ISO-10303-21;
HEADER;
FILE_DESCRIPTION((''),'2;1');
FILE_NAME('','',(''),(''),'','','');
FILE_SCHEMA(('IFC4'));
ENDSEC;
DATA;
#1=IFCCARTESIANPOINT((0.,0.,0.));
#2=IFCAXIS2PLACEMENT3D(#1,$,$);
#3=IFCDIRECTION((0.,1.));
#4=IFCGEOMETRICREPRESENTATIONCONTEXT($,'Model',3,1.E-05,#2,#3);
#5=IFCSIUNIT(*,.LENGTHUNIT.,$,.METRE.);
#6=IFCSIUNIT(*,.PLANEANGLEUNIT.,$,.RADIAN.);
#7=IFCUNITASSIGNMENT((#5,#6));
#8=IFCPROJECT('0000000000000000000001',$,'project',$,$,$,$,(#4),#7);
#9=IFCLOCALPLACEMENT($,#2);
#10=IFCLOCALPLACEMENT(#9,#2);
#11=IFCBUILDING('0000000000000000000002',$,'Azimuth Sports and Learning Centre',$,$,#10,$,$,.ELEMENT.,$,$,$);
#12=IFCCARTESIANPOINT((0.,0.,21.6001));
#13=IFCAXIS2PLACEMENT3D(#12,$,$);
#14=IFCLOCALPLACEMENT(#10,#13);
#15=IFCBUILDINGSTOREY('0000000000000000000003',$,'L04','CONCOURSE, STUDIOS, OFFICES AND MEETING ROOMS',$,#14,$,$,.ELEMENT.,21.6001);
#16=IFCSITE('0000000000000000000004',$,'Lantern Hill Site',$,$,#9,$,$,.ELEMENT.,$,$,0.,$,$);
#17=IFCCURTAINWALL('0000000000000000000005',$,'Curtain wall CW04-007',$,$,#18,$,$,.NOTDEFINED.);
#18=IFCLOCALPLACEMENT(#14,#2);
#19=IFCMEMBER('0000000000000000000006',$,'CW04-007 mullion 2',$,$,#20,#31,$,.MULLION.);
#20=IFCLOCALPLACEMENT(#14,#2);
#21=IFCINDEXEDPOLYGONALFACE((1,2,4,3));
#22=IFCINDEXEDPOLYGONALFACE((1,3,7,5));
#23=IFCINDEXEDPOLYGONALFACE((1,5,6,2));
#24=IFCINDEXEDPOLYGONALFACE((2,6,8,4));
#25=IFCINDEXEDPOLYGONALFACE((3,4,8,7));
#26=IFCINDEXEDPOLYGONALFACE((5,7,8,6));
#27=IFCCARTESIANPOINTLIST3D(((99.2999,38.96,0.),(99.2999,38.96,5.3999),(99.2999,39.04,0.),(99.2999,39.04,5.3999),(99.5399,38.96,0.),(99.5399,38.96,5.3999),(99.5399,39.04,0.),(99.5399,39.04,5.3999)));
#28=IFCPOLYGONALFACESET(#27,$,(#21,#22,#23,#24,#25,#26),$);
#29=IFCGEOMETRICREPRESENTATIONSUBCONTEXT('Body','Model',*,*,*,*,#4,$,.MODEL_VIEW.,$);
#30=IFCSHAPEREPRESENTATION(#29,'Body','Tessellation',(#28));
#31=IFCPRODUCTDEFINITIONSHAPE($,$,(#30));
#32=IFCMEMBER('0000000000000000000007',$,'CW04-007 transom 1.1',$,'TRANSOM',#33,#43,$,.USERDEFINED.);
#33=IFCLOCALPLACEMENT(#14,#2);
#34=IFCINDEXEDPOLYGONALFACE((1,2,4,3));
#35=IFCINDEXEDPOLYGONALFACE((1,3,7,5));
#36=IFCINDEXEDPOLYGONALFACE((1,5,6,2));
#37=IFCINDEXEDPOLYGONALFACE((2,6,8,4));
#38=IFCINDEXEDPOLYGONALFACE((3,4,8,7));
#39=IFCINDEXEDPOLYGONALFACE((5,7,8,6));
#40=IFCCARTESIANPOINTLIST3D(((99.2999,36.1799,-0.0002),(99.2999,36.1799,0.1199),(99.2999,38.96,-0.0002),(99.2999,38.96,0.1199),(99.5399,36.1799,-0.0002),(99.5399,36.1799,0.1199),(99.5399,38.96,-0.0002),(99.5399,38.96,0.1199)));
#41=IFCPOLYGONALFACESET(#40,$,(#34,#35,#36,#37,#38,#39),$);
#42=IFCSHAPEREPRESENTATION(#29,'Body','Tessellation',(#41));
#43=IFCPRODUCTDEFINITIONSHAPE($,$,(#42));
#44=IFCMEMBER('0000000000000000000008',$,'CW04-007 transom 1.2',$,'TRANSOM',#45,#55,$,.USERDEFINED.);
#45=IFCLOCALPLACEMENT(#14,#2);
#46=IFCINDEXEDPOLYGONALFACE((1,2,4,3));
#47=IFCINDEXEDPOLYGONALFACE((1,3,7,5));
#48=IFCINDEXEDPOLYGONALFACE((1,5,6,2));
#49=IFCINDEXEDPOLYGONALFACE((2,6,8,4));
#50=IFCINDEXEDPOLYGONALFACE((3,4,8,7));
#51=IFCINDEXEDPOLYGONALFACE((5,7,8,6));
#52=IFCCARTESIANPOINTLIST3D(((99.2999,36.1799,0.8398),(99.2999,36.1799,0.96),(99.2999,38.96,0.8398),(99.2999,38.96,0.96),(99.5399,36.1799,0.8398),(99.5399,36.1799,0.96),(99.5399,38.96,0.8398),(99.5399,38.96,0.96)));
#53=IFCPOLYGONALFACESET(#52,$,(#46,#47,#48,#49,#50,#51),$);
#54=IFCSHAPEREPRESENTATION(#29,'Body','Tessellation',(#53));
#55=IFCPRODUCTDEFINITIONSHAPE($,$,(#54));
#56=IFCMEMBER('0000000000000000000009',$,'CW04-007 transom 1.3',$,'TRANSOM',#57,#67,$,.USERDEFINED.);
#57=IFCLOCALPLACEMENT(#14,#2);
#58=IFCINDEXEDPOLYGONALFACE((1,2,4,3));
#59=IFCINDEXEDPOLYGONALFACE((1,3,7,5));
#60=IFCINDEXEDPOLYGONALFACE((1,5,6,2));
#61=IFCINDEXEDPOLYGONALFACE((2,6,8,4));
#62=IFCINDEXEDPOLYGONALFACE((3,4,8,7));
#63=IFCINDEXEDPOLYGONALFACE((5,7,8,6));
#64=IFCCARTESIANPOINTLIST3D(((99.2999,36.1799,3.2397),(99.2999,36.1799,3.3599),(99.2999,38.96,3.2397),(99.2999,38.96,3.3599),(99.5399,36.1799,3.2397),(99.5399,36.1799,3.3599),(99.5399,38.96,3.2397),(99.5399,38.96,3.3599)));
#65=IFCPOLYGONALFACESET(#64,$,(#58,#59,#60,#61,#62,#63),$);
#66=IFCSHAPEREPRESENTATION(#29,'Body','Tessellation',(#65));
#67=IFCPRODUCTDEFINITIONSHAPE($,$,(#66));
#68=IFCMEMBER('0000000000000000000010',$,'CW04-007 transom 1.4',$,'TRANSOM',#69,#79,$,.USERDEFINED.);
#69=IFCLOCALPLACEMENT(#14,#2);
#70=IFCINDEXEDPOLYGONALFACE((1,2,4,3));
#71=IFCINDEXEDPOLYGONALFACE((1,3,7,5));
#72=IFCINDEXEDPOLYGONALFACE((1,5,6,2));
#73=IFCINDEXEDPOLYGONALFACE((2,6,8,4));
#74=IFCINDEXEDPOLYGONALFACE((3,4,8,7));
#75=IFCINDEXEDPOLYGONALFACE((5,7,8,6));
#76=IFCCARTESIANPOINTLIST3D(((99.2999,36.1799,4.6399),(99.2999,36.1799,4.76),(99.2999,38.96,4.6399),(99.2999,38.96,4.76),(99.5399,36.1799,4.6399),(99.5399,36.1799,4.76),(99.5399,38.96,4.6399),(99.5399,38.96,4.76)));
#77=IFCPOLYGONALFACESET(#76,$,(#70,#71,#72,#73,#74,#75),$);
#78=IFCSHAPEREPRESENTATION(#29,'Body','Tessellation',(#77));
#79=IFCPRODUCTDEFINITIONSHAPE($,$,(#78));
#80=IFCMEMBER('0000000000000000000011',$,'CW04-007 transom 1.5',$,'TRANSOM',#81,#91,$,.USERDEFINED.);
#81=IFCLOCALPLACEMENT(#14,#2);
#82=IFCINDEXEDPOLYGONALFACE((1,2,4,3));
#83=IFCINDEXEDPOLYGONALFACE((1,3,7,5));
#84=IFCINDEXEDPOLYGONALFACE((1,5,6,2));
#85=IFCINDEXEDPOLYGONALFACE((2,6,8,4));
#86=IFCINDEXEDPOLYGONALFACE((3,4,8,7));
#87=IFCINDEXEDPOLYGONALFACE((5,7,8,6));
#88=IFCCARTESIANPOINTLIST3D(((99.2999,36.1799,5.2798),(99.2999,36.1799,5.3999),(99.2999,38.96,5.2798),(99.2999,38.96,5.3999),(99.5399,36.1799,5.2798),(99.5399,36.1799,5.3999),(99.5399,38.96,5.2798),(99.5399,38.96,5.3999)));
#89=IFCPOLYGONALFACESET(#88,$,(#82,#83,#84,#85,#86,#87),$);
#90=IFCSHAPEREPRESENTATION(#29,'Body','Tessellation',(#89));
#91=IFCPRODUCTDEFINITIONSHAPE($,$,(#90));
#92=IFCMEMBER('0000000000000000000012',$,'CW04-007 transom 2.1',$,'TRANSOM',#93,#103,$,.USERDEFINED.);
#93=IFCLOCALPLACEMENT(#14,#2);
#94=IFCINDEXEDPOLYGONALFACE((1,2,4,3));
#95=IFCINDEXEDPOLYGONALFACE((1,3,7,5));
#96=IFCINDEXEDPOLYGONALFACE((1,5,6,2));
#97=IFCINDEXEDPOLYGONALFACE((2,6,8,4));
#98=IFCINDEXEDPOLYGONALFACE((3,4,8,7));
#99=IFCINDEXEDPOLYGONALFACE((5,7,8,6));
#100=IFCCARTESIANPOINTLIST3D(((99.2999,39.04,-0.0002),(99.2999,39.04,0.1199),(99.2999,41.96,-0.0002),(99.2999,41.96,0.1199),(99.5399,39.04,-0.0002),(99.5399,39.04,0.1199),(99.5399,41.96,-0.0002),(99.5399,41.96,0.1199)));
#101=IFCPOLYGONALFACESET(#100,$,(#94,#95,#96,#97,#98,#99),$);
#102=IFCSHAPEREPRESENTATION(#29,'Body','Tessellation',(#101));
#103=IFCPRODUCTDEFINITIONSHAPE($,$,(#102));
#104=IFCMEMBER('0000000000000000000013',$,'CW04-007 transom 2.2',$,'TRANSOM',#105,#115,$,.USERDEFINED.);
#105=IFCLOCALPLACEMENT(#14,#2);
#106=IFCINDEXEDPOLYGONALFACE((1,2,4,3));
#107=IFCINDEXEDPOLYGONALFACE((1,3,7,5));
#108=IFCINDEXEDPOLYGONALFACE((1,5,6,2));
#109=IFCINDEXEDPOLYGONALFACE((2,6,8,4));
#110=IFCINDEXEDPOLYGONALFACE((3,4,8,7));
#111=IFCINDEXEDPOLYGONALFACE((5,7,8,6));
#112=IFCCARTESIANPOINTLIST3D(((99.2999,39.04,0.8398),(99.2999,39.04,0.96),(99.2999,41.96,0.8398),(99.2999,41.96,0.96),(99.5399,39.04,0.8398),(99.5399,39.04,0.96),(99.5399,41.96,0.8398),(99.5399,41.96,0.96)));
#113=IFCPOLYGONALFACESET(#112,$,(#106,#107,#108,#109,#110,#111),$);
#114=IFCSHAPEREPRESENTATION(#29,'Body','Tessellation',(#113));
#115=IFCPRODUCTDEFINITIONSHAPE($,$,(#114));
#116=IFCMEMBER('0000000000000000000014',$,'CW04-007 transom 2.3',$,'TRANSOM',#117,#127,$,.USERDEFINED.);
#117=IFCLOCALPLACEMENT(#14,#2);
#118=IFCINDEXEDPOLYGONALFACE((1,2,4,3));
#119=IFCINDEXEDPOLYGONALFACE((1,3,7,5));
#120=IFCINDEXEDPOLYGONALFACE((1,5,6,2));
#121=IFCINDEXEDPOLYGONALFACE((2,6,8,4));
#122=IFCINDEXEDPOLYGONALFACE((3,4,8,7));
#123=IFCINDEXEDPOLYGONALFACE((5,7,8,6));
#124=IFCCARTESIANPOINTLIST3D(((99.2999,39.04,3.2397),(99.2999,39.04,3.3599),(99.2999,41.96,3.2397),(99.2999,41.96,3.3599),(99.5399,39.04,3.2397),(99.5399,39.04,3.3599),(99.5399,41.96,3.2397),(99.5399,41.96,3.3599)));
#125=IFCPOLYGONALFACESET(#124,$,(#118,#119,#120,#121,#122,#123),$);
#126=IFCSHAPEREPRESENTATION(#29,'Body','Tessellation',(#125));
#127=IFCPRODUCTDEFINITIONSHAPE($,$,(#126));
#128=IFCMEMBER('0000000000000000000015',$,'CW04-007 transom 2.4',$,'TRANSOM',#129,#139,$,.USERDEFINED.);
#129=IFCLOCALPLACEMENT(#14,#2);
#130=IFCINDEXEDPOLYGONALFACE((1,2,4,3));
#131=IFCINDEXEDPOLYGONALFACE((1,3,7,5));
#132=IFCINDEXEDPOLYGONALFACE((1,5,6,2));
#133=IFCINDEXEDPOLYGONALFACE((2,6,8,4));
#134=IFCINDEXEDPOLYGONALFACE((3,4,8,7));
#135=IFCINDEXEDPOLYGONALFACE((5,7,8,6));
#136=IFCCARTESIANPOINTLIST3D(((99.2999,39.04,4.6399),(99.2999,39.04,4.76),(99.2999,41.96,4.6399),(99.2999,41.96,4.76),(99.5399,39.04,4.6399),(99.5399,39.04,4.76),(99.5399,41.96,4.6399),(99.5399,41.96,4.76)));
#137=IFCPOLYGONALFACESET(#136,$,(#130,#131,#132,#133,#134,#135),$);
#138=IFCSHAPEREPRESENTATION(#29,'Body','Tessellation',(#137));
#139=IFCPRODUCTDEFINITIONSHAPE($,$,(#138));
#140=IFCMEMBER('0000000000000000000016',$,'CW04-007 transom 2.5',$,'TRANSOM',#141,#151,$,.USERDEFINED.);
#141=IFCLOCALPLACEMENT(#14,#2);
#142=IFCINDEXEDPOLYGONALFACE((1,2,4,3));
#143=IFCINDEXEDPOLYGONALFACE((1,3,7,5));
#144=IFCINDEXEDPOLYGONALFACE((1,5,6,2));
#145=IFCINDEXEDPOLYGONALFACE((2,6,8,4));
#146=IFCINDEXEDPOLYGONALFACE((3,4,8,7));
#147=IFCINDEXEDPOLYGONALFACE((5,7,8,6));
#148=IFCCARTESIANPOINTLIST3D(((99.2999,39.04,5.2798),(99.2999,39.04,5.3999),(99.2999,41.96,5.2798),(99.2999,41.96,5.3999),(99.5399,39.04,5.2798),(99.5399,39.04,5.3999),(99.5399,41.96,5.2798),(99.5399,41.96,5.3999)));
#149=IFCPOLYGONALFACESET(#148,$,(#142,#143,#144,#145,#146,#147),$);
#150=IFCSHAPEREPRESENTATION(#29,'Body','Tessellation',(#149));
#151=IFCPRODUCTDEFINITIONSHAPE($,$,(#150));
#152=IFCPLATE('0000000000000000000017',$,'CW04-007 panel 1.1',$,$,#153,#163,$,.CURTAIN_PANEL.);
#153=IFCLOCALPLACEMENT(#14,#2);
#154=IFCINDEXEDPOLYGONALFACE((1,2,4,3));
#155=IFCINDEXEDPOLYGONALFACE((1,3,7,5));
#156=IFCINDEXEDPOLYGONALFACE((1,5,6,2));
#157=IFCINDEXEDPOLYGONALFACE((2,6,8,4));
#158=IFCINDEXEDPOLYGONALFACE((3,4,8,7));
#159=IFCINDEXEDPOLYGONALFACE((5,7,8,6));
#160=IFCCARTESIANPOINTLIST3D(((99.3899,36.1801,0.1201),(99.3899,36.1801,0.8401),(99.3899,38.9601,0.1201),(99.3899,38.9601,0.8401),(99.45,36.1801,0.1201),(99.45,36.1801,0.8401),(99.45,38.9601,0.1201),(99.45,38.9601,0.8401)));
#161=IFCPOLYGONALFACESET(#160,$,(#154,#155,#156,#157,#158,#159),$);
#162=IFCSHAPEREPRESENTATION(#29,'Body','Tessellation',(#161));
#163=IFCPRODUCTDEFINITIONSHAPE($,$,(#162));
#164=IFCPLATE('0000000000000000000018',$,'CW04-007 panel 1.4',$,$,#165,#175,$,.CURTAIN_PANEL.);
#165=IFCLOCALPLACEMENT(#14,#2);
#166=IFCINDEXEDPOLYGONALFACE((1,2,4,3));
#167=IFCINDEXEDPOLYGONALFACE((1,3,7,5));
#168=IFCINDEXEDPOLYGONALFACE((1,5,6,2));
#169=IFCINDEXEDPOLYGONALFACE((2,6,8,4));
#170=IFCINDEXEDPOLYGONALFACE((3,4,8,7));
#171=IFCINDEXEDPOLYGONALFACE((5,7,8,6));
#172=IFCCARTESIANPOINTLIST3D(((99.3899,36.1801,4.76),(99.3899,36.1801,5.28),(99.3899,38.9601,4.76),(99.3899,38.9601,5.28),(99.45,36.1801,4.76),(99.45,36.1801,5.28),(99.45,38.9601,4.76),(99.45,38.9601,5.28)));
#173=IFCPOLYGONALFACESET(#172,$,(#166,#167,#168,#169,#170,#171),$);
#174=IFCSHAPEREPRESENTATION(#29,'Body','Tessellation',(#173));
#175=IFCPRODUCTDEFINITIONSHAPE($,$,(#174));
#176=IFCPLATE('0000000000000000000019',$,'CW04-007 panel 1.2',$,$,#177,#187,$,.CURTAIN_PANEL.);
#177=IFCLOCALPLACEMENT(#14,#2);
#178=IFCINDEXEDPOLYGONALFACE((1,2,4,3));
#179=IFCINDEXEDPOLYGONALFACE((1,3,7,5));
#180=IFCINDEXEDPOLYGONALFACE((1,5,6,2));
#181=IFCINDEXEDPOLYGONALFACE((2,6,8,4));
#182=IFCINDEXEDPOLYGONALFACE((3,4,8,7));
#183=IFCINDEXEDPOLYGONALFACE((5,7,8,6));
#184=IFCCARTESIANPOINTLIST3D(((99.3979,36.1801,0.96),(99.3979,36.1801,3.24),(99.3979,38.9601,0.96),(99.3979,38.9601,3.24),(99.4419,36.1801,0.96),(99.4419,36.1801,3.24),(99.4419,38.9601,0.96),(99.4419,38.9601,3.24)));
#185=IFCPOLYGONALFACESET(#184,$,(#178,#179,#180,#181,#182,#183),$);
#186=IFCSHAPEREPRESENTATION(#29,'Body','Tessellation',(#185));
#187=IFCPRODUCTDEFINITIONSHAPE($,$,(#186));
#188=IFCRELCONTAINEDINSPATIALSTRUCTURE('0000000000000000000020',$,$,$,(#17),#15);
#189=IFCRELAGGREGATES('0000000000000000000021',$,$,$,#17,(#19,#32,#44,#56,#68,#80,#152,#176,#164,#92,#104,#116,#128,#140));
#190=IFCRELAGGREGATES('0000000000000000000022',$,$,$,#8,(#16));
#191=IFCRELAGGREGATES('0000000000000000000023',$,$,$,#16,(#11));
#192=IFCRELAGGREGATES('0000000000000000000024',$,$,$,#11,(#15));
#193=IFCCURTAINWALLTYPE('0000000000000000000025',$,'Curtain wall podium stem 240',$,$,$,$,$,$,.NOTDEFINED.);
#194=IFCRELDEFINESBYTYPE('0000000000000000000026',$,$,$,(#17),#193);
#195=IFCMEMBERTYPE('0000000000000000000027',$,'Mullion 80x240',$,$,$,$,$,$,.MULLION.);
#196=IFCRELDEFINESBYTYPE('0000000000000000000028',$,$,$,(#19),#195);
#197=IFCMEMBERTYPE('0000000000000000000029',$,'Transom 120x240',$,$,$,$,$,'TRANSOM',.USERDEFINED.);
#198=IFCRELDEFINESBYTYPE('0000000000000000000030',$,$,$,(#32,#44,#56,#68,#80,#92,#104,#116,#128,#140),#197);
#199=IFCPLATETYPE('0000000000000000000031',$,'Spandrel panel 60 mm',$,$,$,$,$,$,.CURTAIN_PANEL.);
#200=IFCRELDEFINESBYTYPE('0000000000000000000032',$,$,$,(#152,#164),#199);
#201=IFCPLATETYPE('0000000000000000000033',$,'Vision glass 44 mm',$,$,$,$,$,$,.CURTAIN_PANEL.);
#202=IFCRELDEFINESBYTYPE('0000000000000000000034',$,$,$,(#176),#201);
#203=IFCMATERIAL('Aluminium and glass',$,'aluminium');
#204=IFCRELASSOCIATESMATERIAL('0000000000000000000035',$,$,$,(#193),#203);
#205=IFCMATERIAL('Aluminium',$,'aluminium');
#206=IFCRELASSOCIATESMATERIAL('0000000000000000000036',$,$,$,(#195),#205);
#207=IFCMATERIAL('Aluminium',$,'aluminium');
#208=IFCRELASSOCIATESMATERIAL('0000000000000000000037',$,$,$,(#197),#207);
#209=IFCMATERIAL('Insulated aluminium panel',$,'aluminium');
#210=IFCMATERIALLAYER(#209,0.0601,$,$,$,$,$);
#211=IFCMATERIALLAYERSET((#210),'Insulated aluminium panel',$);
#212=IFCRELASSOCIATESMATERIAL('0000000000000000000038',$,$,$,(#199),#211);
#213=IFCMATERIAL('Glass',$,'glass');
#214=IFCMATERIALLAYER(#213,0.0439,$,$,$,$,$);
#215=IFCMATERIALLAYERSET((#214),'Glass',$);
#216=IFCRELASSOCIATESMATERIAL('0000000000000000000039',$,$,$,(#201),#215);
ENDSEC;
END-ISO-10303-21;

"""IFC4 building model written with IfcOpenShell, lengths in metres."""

from ifc_helpers import new_model, si_unit, direction, frame, origin, origin_2d, place, context, subcontext, project, spatial, rectangle, extrude, material, layer, layer_set, material_profile, profile_set, type_object, element, aggregate, save


model = new_model("IFC4")

# Units and contexts
model_context = context("Model", 3, precision=1e-05, world=origin(), true_north=direction((0.0, 1.0)))
body_context = subcontext(model_context, "Body", "Model", "MODEL_VIEW")
ifc_project = project(units=[si_unit("LENGTHUNIT", "METRE"), si_unit("PLANEANGLEUNIT", "RADIAN")], contexts=[model_context])

# Site, building, storey
site_placement = place(None, origin())
site = spatial("IfcSite", under=ifc_project, at=site_placement, Name="Lantern Hill Site", CompositionType="ELEMENT", RefElevation=0.0)
building_placement = place(site_placement, origin())
building = spatial("IfcBuilding", under=site, at=building_placement, Name="Azimuth Sports and Learning Centre", CompositionType="ELEMENT")
storey_placement = place(building_placement, frame((0.0, 0.0, 21.6001)))
storey = spatial("IfcBuildingStorey", under=building, at=storey_placement, Name="L04", Description="CONCOURSE, STUDIOS, OFFICES AND MEETING ROOMS", CompositionType="ELEMENT", Elevation=21.6001)

# Curtain wall, members, plates
ifc_material_1 = material(Name="Aluminium and glass", Category="aluminium")
curtain_wall_type = type_object("IfcCurtainWallType", Name="Curtain wall podium stem 240", PredefinedType="NOTDEFINED", material=ifc_material_1)
curtain_wall_placement = place(storey_placement, origin())
curtain_wall = element("IfcCurtainWall", 1, at=curtain_wall_placement, inside=storey, type_object=curtain_wall_type, Name="Curtain wall CW04-007", PredefinedType="NOTDEFINED")
ifc_material_2 = material(Name="Aluminium", Category="aluminium")
ifc_material_profile_1 = material_profile(ifc_material_2, rectangle(XDim=0.24, YDim=0.0801, at=origin_2d()), Name="Mullion 80x240")
ifc_profile_set_1 = profile_set([ifc_material_profile_1], Name="Aluminium")
member_type_1 = type_object("IfcMemberType", Name="Mullion 80x240", PredefinedType="MULLION", material=ifc_profile_set_1)
member_1_placement = place(storey_placement, frame((99.4199, 39.0, 0.0), z_axis=(0.0, 0.0, 1.0), x_axis=(-1.0, 0.0, 0.0)))
member_1 = element("IfcMember", 2, at=member_1_placement, type_object=member_type_1, Name="CW04-007 mullion 2", PredefinedType="MULLION", context=body_context, shape_type="SweptSolid", body=[
    extrude(rectangle(XDim=0.24, YDim=0.0801, at=origin_2d()), origin(), (0.0, 0.0, 1.0), 5.3999),
])
ifc_material_3 = material(Name="Aluminium", Category="aluminium")
ifc_material_profile_2 = material_profile(ifc_material_3, rectangle(XDim=0.24, YDim=0.1201, at=origin_2d()), Name="Transom 120x240")
ifc_profile_set_2 = profile_set([ifc_material_profile_2], Name="Aluminium")
member_type_2 = type_object("IfcMemberType", Name="Transom 120x240", ElementType="TRANSOM", PredefinedType="USERDEFINED", material=ifc_profile_set_2)
member_2_placement = place(storey_placement, frame((99.4199, 36.1799, 0.0598), z_axis=(0.0, 1.0, 0.0), x_axis=(-1.0, 0.0, 0.0)))
member_2 = element("IfcMember", 3, at=member_2_placement, type_object=member_type_2, Name="CW04-007 transom 1.1", ObjectType="TRANSOM", PredefinedType="USERDEFINED", context=body_context, shape_type="SweptSolid", body=[
    extrude(rectangle(XDim=0.24, YDim=0.1201, at=origin_2d()), origin(), (0.0, 0.0, 1.0), 2.78),
])
member_3_placement = place(storey_placement, frame((99.4199, 36.1799, 0.8999), z_axis=(0.0, 1.0, 0.0), x_axis=(-1.0, 0.0, 0.0)))
member_3 = element("IfcMember", 4, at=member_3_placement, type_object=member_type_2, Name="CW04-007 transom 1.2", ObjectType="TRANSOM", PredefinedType="USERDEFINED", context=body_context, shape_type="SweptSolid", body=[
    extrude(rectangle(XDim=0.24, YDim=0.1201, at=origin_2d()), origin(), (0.0, 0.0, 1.0), 2.78),
])
member_4_placement = place(storey_placement, frame((99.4199, 36.1799, 3.2998), z_axis=(0.0, 1.0, 0.0), x_axis=(-1.0, 0.0, 0.0)))
member_4 = element("IfcMember", 5, at=member_4_placement, type_object=member_type_2, Name="CW04-007 transom 1.3", ObjectType="TRANSOM", PredefinedType="USERDEFINED", context=body_context, shape_type="SweptSolid", body=[
    extrude(rectangle(XDim=0.24, YDim=0.1201, at=origin_2d()), origin(), (0.0, 0.0, 1.0), 2.78),
])
member_5_placement = place(storey_placement, frame((99.4199, 36.1799, 4.7), z_axis=(0.0, 1.0, 0.0), x_axis=(-1.0, 0.0, 0.0)))
member_5 = element("IfcMember", 6, at=member_5_placement, type_object=member_type_2, Name="CW04-007 transom 1.4", ObjectType="TRANSOM", PredefinedType="USERDEFINED", context=body_context, shape_type="SweptSolid", body=[
    extrude(rectangle(XDim=0.24, YDim=0.1201, at=origin_2d()), origin(), (0.0, 0.0, 1.0), 2.78),
])
member_6_placement = place(storey_placement, frame((99.4199, 36.1799, 5.3398), z_axis=(0.0, 1.0, 0.0), x_axis=(-1.0, 0.0, 0.0)))
member_6 = element("IfcMember", 7, at=member_6_placement, type_object=member_type_2, Name="CW04-007 transom 1.5", ObjectType="TRANSOM", PredefinedType="USERDEFINED", context=body_context, shape_type="SweptSolid", body=[
    extrude(rectangle(XDim=0.24, YDim=0.1201, at=origin_2d()), origin(), (0.0, 0.0, 1.0), 2.78),
])
member_7_placement = place(storey_placement, frame((99.4199, 39.04, 0.0598), z_axis=(0.0, 1.0, 0.0), x_axis=(-1.0, 0.0, 0.0)))
member_7 = element("IfcMember", 8, at=member_7_placement, type_object=member_type_2, Name="CW04-007 transom 2.1", ObjectType="TRANSOM", PredefinedType="USERDEFINED", context=body_context, shape_type="SweptSolid", body=[
    extrude(rectangle(XDim=0.24, YDim=0.1201, at=origin_2d()), origin(), (0.0, 0.0, 1.0), 2.9199),
])
member_8_placement = place(storey_placement, frame((99.4199, 39.04, 0.8999), z_axis=(0.0, 1.0, 0.0), x_axis=(-1.0, 0.0, 0.0)))
member_8 = element("IfcMember", 9, at=member_8_placement, type_object=member_type_2, Name="CW04-007 transom 2.2", ObjectType="TRANSOM", PredefinedType="USERDEFINED", context=body_context, shape_type="SweptSolid", body=[
    extrude(rectangle(XDim=0.24, YDim=0.1201, at=origin_2d()), origin(), (0.0, 0.0, 1.0), 2.9199),
])
member_9_placement = place(storey_placement, frame((99.4199, 39.04, 3.2998), z_axis=(0.0, 1.0, 0.0), x_axis=(-1.0, 0.0, 0.0)))
member_9 = element("IfcMember", 10, at=member_9_placement, type_object=member_type_2, Name="CW04-007 transom 2.3", ObjectType="TRANSOM", PredefinedType="USERDEFINED", context=body_context, shape_type="SweptSolid", body=[
    extrude(rectangle(XDim=0.24, YDim=0.1201, at=origin_2d()), origin(), (0.0, 0.0, 1.0), 2.9199),
])
member_10_placement = place(storey_placement, frame((99.4199, 39.04, 4.7), z_axis=(0.0, 1.0, 0.0), x_axis=(-1.0, 0.0, 0.0)))
member_10 = element("IfcMember", 11, at=member_10_placement, type_object=member_type_2, Name="CW04-007 transom 2.4", ObjectType="TRANSOM", PredefinedType="USERDEFINED", context=body_context, shape_type="SweptSolid", body=[
    extrude(rectangle(XDim=0.24, YDim=0.1201, at=origin_2d()), origin(), (0.0, 0.0, 1.0), 2.9199),
])
member_11_placement = place(storey_placement, frame((99.4199, 39.04, 5.3398), z_axis=(0.0, 1.0, 0.0), x_axis=(-1.0, 0.0, 0.0)))
member_11 = element("IfcMember", 12, at=member_11_placement, type_object=member_type_2, Name="CW04-007 transom 2.5", ObjectType="TRANSOM", PredefinedType="USERDEFINED", context=body_context, shape_type="SweptSolid", body=[
    extrude(rectangle(XDim=0.24, YDim=0.1201, at=origin_2d()), origin(), (0.0, 0.0, 1.0), 2.9199),
])
ifc_material_4 = material(Name="Insulated aluminium panel", Category="aluminium")
ifc_layer_1 = layer(ifc_material_4, 0.0601)
ifc_layer_set_1 = layer_set([ifc_layer_1], Name="Insulated aluminium panel")
plate_type_1 = type_object("IfcPlateType", Name="Spandrel panel 60 mm", PredefinedType="CURTAIN_PANEL", material=ifc_layer_set_1)
plate_1_placement = place(storey_placement, frame((99.4199, 37.5701, 0.1201), z_axis=(0.0, 0.0, 1.0), x_axis=(0.0, 1.0, 0.0)))
plate_1 = element("IfcPlate", 13, at=plate_1_placement, type_object=plate_type_1, Name="CW04-007 panel 1.1", PredefinedType="CURTAIN_PANEL", context=body_context, shape_type="SweptSolid", body=[
    extrude(rectangle(XDim=2.78, YDim=0.0601, at=origin_2d()), origin(), (0.0, 0.0, 1.0), 0.72),
])
plate_2_placement = place(storey_placement, frame((99.4199, 37.5701, 4.76), z_axis=(0.0, 0.0, 1.0), x_axis=(0.0, 1.0, 0.0)))
plate_2 = element("IfcPlate", 14, at=plate_2_placement, type_object=plate_type_1, Name="CW04-007 panel 1.4", PredefinedType="CURTAIN_PANEL", context=body_context, shape_type="SweptSolid", body=[
    extrude(rectangle(XDim=2.78, YDim=0.0601, at=origin_2d()), origin(), (0.0, 0.0, 1.0), 0.52),
])
ifc_material_5 = material(Name="Glass", Category="glass")
ifc_layer_2 = layer(ifc_material_5, 0.0439)
ifc_layer_set_2 = layer_set([ifc_layer_2], Name="Glass")
plate_type_2 = type_object("IfcPlateType", Name="Vision glass 44 mm", PredefinedType="CURTAIN_PANEL", material=ifc_layer_set_2)
plate_3_placement = place(storey_placement, frame((99.4199, 37.5701, 0.96), z_axis=(0.0, 0.0, 1.0), x_axis=(0.0, 1.0, 0.0)))
plate_3 = element("IfcPlate", 15, at=plate_3_placement, type_object=plate_type_2, Name="CW04-007 panel 1.2", PredefinedType="CURTAIN_PANEL", context=body_context, shape_type="SweptSolid", body=[
    extrude(rectangle(XDim=2.78, YDim=0.0439, at=origin_2d()), origin(), (0.0, 0.0, 1.0), 2.28),
])
aggregate(curtain_wall, [member_1, member_2, member_3, member_4, member_5, member_6, plate_1, plate_3, plate_2, member_7, member_8, member_9, member_10, member_11])

save(model, "model.ifc")
